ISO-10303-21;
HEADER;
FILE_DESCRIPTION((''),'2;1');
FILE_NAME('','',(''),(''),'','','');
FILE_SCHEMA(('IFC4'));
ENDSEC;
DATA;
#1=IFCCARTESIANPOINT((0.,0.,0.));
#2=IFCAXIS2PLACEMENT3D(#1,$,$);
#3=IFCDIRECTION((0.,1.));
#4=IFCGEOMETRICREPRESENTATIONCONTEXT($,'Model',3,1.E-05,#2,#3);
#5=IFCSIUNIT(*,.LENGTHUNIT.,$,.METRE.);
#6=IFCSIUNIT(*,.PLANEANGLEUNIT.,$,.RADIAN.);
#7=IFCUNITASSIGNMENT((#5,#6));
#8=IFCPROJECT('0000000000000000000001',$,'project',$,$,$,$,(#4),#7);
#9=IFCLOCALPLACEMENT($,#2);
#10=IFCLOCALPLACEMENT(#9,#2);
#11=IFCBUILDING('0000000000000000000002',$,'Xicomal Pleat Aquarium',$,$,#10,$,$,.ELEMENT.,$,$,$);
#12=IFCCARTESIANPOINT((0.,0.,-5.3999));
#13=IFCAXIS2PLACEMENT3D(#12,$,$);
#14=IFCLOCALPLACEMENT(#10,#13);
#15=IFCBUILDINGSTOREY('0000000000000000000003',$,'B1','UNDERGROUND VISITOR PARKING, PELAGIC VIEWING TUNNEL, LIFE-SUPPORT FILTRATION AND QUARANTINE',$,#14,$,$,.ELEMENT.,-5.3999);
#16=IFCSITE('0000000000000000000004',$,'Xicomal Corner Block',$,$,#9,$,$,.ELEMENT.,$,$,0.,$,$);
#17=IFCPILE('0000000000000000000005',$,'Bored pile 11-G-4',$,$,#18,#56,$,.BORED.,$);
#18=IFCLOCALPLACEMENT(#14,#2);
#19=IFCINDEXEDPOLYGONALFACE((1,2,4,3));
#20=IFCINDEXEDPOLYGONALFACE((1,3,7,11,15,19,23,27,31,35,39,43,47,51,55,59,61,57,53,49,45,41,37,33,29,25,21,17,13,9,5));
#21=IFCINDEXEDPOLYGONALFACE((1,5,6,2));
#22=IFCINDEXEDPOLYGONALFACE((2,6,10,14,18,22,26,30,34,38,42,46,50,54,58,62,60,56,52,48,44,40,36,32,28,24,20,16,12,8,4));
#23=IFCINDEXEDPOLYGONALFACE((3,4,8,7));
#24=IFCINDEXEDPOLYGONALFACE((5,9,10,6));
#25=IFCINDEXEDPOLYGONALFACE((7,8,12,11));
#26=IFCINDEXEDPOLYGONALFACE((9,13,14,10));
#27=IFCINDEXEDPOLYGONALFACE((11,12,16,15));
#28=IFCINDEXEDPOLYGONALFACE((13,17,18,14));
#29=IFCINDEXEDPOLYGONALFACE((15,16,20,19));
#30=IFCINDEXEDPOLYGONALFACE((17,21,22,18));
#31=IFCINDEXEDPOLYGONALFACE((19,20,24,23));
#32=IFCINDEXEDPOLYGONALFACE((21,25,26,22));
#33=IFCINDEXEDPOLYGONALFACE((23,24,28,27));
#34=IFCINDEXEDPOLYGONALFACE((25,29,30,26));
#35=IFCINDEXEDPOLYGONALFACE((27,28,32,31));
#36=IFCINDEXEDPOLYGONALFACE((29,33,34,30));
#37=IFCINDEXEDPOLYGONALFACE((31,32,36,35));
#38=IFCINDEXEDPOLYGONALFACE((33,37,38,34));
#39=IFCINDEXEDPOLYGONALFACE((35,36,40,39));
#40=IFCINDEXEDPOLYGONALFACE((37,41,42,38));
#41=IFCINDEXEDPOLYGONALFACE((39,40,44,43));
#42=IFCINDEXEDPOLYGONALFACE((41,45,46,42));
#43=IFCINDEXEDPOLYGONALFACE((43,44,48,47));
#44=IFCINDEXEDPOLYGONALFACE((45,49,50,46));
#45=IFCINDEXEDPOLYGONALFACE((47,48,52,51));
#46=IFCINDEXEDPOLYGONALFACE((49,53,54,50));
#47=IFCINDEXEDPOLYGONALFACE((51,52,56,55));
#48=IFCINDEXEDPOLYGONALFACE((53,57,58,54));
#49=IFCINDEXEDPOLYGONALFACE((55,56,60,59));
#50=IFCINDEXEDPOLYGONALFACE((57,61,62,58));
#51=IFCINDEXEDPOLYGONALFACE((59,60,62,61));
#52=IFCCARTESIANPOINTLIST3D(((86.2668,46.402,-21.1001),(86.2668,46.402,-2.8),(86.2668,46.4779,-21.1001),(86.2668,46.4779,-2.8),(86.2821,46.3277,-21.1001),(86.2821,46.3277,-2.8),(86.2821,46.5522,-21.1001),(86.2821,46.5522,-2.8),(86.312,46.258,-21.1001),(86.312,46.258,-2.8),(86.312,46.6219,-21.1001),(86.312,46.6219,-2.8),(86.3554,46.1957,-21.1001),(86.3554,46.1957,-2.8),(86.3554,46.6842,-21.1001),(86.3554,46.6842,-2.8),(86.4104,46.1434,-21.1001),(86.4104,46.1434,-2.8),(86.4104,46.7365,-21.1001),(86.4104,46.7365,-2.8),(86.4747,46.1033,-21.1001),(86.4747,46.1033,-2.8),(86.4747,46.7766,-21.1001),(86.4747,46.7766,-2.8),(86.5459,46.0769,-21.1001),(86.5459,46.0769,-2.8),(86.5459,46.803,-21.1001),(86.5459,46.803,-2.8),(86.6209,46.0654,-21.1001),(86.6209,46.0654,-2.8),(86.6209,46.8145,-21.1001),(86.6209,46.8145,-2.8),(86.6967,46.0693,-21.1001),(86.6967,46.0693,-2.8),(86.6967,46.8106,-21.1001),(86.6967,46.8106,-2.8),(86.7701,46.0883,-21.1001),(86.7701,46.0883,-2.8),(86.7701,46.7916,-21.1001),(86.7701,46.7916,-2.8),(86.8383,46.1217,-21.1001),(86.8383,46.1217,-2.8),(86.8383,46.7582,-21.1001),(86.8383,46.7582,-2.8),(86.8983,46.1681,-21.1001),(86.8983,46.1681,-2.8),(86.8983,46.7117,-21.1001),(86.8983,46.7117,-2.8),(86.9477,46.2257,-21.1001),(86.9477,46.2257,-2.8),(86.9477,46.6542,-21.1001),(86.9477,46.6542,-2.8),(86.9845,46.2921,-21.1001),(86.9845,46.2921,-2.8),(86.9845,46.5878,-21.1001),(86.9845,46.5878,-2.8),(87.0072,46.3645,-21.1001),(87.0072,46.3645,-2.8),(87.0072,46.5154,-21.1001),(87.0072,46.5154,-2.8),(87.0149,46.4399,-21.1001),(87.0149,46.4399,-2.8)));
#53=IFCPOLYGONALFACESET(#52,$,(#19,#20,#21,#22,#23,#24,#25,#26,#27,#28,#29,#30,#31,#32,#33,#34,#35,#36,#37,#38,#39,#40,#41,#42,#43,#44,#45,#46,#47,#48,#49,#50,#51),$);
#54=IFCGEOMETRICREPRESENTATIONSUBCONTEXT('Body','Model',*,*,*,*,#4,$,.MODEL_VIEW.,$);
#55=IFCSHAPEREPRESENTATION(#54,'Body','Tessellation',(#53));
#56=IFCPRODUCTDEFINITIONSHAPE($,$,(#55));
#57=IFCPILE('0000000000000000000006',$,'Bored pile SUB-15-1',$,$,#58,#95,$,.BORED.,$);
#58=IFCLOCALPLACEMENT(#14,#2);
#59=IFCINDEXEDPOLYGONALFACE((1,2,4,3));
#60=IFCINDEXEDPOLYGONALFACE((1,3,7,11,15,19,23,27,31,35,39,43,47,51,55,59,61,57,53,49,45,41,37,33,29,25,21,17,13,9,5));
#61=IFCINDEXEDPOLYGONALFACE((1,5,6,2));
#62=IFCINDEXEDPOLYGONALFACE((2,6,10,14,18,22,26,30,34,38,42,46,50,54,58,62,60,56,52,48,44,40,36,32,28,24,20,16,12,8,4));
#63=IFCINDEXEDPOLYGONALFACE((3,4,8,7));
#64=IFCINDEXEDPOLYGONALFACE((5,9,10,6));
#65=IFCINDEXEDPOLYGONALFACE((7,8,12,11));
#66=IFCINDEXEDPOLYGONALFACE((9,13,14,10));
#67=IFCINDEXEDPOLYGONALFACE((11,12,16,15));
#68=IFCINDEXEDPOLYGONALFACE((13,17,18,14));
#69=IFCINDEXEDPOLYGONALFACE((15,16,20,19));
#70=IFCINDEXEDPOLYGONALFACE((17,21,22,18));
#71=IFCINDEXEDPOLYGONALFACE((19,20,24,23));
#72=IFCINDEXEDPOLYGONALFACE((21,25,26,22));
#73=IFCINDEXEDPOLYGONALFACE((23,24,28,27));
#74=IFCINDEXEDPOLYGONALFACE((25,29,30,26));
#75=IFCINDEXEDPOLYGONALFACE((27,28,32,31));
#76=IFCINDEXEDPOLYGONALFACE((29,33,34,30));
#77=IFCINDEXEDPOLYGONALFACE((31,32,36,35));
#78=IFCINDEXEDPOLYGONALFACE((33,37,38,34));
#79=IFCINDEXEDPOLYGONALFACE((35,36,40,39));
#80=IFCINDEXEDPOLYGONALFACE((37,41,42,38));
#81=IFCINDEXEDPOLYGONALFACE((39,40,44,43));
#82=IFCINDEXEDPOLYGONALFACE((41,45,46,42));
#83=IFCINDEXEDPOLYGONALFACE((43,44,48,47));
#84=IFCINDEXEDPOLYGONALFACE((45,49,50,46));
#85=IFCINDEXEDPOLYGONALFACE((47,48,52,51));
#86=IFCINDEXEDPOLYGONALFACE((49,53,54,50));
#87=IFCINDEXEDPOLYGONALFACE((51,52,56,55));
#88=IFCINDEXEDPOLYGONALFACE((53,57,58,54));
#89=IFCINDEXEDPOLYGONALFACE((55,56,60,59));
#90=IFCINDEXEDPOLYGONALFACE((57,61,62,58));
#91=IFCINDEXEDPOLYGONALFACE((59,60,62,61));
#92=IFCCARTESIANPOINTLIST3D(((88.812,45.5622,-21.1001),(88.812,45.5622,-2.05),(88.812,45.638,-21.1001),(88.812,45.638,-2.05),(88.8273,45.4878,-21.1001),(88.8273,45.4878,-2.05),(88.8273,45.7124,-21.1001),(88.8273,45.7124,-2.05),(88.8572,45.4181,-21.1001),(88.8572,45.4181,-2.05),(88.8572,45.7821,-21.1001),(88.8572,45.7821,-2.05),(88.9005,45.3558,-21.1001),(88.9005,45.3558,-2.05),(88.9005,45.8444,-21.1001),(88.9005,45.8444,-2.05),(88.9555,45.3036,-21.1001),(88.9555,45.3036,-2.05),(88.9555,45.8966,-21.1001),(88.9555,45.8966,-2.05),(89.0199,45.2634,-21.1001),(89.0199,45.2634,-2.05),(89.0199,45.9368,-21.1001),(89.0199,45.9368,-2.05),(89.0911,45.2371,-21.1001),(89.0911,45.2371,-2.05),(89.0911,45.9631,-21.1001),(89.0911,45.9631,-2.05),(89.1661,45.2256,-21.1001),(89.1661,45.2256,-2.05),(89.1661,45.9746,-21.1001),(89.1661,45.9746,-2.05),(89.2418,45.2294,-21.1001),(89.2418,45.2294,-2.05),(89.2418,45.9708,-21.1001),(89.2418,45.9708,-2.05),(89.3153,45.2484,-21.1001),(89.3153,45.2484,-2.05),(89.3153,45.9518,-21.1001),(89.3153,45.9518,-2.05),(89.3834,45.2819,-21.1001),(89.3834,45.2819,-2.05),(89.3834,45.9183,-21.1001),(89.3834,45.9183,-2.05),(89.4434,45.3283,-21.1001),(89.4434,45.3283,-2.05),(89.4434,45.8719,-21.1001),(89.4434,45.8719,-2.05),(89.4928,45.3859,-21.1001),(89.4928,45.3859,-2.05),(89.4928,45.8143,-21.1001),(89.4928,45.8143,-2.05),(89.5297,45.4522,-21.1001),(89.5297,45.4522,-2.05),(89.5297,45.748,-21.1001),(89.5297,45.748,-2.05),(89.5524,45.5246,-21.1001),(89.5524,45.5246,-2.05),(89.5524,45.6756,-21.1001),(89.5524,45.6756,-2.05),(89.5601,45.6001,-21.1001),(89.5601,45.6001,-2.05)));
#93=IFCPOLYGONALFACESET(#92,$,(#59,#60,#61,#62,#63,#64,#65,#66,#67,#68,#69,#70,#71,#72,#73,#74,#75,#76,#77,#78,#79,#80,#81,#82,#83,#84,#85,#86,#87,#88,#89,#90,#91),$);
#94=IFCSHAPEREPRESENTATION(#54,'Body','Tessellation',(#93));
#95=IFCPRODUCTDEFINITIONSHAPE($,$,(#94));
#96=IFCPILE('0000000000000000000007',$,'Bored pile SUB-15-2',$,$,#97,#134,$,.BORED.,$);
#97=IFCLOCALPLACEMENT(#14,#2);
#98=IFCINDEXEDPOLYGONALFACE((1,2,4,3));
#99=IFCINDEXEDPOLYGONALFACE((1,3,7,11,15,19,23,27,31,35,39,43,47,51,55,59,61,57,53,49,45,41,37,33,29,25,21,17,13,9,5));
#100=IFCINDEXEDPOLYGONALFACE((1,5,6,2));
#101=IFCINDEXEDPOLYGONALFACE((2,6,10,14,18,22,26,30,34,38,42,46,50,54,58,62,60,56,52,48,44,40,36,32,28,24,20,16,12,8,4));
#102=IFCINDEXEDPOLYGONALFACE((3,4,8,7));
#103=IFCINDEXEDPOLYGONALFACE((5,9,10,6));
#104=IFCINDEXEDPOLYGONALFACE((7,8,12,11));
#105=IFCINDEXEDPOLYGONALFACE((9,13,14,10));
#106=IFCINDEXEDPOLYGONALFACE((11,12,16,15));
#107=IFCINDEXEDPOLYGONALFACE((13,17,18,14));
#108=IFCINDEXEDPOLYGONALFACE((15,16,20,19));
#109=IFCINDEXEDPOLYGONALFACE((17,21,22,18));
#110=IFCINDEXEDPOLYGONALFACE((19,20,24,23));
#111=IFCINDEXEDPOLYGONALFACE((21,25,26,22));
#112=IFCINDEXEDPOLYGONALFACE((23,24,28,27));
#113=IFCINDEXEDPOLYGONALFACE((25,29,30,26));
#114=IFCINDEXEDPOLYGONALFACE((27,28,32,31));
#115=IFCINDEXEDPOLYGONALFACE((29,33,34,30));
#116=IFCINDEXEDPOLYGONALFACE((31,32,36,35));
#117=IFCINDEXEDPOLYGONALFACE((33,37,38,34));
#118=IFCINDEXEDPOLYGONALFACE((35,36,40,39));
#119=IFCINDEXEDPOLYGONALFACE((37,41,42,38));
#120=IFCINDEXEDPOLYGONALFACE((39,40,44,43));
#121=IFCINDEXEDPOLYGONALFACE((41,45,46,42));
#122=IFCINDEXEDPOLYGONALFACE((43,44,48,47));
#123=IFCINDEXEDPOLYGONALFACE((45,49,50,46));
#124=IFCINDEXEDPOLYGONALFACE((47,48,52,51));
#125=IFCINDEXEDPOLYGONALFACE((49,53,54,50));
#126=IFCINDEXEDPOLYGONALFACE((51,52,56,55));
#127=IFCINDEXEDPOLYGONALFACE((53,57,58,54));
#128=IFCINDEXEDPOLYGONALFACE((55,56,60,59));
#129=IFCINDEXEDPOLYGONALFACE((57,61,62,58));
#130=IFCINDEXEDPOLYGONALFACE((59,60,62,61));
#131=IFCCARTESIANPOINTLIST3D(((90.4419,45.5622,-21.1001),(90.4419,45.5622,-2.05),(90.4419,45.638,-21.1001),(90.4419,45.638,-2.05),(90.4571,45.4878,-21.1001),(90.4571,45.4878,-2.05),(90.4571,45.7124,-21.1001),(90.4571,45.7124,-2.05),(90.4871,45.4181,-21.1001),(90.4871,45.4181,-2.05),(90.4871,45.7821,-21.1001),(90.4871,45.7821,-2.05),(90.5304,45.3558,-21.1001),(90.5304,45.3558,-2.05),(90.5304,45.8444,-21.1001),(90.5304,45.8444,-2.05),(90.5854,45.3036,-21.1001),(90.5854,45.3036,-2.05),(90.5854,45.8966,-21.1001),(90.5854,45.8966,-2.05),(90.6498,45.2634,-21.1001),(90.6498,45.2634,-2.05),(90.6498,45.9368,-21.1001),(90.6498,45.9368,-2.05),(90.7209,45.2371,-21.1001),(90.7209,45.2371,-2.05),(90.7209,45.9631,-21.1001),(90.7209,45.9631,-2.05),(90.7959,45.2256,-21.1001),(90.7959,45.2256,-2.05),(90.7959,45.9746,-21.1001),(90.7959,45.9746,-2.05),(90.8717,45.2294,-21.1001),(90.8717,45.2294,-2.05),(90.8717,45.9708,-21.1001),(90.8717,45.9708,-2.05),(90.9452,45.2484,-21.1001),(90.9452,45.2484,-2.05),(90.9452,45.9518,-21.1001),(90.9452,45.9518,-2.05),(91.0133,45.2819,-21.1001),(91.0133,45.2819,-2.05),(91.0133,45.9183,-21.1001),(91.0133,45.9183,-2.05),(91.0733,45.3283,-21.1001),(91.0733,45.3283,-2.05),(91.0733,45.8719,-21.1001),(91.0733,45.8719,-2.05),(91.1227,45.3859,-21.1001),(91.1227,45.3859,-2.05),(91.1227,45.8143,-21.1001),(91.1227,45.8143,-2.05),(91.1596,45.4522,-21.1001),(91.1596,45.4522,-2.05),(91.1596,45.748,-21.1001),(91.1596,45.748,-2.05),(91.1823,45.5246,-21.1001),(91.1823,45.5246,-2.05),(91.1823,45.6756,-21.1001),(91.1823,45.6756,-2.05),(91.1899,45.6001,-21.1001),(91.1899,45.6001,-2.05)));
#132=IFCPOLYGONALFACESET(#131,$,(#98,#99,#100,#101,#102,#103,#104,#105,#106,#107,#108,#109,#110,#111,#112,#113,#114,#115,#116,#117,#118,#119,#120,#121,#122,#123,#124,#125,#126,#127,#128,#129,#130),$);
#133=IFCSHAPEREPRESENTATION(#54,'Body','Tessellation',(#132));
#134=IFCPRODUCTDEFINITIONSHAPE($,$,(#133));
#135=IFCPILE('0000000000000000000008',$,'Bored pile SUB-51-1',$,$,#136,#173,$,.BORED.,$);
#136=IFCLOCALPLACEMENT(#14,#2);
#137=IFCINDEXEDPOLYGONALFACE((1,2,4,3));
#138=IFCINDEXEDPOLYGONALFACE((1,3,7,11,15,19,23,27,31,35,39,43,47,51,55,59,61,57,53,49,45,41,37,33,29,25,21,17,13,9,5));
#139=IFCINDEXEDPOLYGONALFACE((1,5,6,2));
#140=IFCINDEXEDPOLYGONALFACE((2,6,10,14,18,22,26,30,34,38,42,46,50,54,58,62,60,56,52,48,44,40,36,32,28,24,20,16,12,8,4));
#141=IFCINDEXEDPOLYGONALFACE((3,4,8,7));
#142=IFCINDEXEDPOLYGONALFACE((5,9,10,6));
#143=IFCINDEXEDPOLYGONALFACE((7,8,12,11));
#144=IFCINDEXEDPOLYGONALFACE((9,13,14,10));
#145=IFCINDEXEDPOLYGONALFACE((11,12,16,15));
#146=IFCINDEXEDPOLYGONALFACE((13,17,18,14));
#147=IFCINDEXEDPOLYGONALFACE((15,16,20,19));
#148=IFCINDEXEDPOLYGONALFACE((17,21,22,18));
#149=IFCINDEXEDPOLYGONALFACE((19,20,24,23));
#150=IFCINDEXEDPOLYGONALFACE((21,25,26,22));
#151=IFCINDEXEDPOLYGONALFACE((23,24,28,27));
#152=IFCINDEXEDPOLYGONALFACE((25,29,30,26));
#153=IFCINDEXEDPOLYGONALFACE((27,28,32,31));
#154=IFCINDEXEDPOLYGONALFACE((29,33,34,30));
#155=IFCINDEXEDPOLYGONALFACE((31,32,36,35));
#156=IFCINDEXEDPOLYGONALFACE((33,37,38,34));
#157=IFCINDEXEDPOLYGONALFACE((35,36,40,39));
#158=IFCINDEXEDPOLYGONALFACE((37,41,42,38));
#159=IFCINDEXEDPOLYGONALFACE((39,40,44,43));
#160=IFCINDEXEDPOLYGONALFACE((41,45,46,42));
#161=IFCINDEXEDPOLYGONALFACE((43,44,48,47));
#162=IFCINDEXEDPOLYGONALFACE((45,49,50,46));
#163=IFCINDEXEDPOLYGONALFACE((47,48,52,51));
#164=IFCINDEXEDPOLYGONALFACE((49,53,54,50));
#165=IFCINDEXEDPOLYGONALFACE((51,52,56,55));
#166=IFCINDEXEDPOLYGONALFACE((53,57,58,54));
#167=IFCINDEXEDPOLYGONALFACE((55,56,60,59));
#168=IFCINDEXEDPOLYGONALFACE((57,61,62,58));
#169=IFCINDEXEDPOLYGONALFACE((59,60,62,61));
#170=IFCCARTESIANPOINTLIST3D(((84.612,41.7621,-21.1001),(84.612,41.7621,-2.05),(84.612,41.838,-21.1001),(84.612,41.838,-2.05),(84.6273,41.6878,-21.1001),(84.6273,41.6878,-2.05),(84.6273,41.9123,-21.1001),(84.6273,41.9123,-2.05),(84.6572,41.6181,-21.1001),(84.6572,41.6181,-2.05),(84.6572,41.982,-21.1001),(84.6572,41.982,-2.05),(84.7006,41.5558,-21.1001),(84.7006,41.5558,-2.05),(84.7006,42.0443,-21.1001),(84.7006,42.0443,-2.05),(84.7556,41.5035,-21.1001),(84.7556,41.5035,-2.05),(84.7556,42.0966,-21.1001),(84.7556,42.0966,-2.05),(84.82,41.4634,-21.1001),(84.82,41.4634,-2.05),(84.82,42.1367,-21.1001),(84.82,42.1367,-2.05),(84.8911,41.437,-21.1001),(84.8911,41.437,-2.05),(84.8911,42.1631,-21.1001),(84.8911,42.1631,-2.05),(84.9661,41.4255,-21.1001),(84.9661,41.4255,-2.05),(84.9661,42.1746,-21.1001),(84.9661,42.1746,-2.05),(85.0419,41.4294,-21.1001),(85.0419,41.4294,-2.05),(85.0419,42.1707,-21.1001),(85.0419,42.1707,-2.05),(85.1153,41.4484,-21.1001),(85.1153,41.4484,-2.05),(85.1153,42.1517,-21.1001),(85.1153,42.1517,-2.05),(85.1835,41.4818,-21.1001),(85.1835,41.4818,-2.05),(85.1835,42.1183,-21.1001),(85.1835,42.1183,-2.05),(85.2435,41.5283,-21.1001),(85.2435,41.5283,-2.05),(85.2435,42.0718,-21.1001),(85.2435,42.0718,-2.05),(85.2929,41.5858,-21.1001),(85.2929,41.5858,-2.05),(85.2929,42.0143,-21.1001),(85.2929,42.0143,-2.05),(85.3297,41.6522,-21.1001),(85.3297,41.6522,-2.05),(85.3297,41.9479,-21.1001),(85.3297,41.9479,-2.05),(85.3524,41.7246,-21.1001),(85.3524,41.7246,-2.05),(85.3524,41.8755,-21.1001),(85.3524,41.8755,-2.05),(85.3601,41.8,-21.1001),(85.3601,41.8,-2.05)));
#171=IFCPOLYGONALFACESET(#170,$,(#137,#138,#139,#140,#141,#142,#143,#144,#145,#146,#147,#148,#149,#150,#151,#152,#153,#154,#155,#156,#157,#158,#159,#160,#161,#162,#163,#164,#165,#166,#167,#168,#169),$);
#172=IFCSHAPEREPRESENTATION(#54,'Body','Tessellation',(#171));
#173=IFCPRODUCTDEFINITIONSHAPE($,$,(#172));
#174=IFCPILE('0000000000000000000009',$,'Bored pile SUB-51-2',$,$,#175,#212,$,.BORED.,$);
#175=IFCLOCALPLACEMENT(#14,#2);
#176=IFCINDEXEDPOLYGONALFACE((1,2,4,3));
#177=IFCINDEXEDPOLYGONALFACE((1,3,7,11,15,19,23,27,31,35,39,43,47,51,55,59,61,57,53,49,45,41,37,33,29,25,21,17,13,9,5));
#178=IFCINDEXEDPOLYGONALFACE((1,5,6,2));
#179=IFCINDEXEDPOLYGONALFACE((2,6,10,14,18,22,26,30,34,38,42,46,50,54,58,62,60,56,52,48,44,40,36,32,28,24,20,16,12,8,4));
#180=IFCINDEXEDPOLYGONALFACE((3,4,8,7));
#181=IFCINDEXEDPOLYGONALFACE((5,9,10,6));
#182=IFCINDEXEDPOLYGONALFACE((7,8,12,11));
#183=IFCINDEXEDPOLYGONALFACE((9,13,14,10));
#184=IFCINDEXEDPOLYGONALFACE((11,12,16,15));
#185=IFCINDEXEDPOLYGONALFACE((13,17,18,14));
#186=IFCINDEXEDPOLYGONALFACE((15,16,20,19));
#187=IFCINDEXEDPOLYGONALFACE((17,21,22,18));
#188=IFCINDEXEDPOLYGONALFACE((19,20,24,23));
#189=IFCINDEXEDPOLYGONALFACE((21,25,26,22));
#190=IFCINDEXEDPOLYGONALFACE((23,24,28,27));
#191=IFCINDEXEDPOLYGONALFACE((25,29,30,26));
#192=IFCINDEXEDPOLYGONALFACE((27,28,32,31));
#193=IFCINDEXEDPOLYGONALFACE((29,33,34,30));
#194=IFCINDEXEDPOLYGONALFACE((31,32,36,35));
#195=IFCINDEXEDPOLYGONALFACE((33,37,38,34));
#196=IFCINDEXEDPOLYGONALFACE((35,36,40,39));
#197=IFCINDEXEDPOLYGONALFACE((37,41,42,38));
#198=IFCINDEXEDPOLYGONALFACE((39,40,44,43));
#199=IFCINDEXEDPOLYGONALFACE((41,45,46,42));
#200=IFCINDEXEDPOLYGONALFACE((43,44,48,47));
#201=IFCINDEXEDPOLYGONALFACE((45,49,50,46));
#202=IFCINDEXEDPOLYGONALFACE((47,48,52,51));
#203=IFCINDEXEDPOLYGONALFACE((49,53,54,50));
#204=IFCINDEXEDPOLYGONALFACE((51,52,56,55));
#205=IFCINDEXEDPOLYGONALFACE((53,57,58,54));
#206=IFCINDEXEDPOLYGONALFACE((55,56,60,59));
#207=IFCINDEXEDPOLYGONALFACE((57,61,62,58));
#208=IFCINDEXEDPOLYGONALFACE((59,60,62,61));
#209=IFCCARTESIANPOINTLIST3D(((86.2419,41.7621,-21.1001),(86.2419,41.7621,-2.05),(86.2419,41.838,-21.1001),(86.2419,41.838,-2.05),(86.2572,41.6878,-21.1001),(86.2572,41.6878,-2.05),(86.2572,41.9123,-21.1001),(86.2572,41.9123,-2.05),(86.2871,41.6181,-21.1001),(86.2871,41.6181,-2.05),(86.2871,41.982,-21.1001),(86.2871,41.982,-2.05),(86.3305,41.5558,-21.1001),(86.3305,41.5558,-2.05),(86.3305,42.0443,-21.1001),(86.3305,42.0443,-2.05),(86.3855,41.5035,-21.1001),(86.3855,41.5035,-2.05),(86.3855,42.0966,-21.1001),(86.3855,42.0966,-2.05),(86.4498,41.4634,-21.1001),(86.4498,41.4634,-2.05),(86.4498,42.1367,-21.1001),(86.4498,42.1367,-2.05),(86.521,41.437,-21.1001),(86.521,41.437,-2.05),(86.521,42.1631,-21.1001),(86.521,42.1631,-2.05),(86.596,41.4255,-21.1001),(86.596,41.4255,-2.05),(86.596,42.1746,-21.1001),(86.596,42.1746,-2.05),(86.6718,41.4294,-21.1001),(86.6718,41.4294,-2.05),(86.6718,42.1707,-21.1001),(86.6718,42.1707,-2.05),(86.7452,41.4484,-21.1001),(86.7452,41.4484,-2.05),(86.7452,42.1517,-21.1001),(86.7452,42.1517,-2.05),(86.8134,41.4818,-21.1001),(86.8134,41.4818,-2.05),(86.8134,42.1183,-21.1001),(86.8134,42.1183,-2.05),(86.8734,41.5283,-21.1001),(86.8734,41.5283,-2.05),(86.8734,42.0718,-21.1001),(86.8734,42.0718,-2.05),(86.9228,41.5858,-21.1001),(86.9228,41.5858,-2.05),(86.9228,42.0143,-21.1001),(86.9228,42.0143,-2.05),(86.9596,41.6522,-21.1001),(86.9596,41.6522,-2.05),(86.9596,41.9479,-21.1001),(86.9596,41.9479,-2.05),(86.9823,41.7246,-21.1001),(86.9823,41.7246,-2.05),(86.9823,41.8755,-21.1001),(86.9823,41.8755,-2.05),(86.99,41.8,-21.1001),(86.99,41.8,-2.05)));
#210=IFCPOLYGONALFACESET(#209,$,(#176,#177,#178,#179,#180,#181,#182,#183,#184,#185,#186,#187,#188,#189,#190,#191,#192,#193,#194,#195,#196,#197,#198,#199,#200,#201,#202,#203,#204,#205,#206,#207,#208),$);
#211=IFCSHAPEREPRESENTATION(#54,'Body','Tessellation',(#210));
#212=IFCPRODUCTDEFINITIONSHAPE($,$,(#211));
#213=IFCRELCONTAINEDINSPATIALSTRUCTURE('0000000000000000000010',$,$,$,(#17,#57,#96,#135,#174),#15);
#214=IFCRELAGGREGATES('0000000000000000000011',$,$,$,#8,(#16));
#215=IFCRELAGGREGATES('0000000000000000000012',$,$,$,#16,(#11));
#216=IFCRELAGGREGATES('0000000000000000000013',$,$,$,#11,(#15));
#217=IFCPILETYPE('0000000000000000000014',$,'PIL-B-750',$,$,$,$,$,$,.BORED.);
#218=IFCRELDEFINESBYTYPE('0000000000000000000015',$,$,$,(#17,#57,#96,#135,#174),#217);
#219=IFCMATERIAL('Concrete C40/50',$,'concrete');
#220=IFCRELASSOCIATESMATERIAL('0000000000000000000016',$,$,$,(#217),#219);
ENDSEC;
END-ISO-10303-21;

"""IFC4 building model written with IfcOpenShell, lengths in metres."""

from ifc_helpers import new_model, si_unit, direction, frame, origin, origin_2d, place, context, subcontext, project, spatial, circle, extrude, material, material_profile, profile_set, type_object, element, save


model = new_model("IFC4")

# Units and contexts
model_context = context("Model", 3, precision=1e-05, world=origin(), true_north=direction((0.0, 1.0)))
body_context = subcontext(model_context, "Body", "Model", "MODEL_VIEW")
ifc_project = project(units=[si_unit("LENGTHUNIT", "METRE"), si_unit("PLANEANGLEUNIT", "RADIAN")], contexts=[model_context])

# Site, building, storey
site_placement = place(None, origin())
site = spatial("IfcSite", under=ifc_project, at=site_placement, Name="Xicomal Corner Block", CompositionType="ELEMENT", RefElevation=0.0)
building_placement = place(site_placement, origin())
building = spatial("IfcBuilding", under=site, at=building_placement, Name="Xicomal Pleat Aquarium", CompositionType="ELEMENT")
storey_placement = place(building_placement, frame((0.0, 0.0, -5.3999)))
storey = spatial("IfcBuildingStorey", under=building, at=storey_placement, Name="B1", Description="UNDERGROUND VISITOR PARKING, PELAGIC VIEWING TUNNEL, LIFE-SUPPORT FILTRATION AND QUARANTINE", CompositionType="ELEMENT", Elevation=-5.3999)

# Piles
ifc_material_1 = material(Name="Concrete C40/50", Category="concrete")
ifc_material_profile_1 = material_profile(ifc_material_1, circle(Radius=0.375, at=origin_2d()), Name="BORED PILE D750")
ifc_profile_set_1 = profile_set([ifc_material_profile_1], Name="Concrete C40/50")
pile_type_1 = type_object("IfcPileType", Name="PIL-B-750", PredefinedType="BORED", material=ifc_profile_set_1)
for number, where, z_axis, x_axis, name in (
    (1, (86.6399, 46.4399, -2.8), (0.0, 0.0, -1.0), (1.0, 0.0, 0.0), "Bored pile 11-G-4"),
):
    element("IfcPile", number, at=place(storey_placement, frame(where, z_axis=z_axis, x_axis=x_axis)), inside=storey, type_object=pile_type_1, Name=name, PredefinedType="BORED", context=body_context, shape_type="SweptSolid", body=[
        extrude(circle(Radius=0.375, at=origin_2d()), origin(), (0.0, 0.0, 1.0), 18.3),
    ])
for number, where, z_axis, x_axis, name in (
    (2, (89.1851, 45.6001, -2.05), (0.0, 0.0, -1.0), (1.0, 0.0, 0.0), "Bored pile SUB-15-1"),
    (3, (90.8149, 45.6001, -2.05), (0.0, 0.0, -1.0), (1.0, 0.0, 0.0), "Bored pile SUB-15-2"),
    (4, (84.9851, 41.8, -2.05), (0.0, 0.0, -1.0), (1.0, 0.0, 0.0), "Bored pile SUB-51-1"),
    (5, (86.615, 41.8, -2.05), (0.0, 0.0, -1.0), (1.0, 0.0, 0.0), "Bored pile SUB-51-2"),
):
    element("IfcPile", number, at=place(storey_placement, frame(where, z_axis=z_axis, x_axis=x_axis)), inside=storey, type_object=pile_type_1, Name=name, PredefinedType="BORED", context=body_context, shape_type="SweptSolid", body=[
        extrude(circle(Radius=0.375, at=origin_2d()), origin(), (0.0, 0.0, 1.0), 19.05),
    ])

save(model, "model.ifc")
